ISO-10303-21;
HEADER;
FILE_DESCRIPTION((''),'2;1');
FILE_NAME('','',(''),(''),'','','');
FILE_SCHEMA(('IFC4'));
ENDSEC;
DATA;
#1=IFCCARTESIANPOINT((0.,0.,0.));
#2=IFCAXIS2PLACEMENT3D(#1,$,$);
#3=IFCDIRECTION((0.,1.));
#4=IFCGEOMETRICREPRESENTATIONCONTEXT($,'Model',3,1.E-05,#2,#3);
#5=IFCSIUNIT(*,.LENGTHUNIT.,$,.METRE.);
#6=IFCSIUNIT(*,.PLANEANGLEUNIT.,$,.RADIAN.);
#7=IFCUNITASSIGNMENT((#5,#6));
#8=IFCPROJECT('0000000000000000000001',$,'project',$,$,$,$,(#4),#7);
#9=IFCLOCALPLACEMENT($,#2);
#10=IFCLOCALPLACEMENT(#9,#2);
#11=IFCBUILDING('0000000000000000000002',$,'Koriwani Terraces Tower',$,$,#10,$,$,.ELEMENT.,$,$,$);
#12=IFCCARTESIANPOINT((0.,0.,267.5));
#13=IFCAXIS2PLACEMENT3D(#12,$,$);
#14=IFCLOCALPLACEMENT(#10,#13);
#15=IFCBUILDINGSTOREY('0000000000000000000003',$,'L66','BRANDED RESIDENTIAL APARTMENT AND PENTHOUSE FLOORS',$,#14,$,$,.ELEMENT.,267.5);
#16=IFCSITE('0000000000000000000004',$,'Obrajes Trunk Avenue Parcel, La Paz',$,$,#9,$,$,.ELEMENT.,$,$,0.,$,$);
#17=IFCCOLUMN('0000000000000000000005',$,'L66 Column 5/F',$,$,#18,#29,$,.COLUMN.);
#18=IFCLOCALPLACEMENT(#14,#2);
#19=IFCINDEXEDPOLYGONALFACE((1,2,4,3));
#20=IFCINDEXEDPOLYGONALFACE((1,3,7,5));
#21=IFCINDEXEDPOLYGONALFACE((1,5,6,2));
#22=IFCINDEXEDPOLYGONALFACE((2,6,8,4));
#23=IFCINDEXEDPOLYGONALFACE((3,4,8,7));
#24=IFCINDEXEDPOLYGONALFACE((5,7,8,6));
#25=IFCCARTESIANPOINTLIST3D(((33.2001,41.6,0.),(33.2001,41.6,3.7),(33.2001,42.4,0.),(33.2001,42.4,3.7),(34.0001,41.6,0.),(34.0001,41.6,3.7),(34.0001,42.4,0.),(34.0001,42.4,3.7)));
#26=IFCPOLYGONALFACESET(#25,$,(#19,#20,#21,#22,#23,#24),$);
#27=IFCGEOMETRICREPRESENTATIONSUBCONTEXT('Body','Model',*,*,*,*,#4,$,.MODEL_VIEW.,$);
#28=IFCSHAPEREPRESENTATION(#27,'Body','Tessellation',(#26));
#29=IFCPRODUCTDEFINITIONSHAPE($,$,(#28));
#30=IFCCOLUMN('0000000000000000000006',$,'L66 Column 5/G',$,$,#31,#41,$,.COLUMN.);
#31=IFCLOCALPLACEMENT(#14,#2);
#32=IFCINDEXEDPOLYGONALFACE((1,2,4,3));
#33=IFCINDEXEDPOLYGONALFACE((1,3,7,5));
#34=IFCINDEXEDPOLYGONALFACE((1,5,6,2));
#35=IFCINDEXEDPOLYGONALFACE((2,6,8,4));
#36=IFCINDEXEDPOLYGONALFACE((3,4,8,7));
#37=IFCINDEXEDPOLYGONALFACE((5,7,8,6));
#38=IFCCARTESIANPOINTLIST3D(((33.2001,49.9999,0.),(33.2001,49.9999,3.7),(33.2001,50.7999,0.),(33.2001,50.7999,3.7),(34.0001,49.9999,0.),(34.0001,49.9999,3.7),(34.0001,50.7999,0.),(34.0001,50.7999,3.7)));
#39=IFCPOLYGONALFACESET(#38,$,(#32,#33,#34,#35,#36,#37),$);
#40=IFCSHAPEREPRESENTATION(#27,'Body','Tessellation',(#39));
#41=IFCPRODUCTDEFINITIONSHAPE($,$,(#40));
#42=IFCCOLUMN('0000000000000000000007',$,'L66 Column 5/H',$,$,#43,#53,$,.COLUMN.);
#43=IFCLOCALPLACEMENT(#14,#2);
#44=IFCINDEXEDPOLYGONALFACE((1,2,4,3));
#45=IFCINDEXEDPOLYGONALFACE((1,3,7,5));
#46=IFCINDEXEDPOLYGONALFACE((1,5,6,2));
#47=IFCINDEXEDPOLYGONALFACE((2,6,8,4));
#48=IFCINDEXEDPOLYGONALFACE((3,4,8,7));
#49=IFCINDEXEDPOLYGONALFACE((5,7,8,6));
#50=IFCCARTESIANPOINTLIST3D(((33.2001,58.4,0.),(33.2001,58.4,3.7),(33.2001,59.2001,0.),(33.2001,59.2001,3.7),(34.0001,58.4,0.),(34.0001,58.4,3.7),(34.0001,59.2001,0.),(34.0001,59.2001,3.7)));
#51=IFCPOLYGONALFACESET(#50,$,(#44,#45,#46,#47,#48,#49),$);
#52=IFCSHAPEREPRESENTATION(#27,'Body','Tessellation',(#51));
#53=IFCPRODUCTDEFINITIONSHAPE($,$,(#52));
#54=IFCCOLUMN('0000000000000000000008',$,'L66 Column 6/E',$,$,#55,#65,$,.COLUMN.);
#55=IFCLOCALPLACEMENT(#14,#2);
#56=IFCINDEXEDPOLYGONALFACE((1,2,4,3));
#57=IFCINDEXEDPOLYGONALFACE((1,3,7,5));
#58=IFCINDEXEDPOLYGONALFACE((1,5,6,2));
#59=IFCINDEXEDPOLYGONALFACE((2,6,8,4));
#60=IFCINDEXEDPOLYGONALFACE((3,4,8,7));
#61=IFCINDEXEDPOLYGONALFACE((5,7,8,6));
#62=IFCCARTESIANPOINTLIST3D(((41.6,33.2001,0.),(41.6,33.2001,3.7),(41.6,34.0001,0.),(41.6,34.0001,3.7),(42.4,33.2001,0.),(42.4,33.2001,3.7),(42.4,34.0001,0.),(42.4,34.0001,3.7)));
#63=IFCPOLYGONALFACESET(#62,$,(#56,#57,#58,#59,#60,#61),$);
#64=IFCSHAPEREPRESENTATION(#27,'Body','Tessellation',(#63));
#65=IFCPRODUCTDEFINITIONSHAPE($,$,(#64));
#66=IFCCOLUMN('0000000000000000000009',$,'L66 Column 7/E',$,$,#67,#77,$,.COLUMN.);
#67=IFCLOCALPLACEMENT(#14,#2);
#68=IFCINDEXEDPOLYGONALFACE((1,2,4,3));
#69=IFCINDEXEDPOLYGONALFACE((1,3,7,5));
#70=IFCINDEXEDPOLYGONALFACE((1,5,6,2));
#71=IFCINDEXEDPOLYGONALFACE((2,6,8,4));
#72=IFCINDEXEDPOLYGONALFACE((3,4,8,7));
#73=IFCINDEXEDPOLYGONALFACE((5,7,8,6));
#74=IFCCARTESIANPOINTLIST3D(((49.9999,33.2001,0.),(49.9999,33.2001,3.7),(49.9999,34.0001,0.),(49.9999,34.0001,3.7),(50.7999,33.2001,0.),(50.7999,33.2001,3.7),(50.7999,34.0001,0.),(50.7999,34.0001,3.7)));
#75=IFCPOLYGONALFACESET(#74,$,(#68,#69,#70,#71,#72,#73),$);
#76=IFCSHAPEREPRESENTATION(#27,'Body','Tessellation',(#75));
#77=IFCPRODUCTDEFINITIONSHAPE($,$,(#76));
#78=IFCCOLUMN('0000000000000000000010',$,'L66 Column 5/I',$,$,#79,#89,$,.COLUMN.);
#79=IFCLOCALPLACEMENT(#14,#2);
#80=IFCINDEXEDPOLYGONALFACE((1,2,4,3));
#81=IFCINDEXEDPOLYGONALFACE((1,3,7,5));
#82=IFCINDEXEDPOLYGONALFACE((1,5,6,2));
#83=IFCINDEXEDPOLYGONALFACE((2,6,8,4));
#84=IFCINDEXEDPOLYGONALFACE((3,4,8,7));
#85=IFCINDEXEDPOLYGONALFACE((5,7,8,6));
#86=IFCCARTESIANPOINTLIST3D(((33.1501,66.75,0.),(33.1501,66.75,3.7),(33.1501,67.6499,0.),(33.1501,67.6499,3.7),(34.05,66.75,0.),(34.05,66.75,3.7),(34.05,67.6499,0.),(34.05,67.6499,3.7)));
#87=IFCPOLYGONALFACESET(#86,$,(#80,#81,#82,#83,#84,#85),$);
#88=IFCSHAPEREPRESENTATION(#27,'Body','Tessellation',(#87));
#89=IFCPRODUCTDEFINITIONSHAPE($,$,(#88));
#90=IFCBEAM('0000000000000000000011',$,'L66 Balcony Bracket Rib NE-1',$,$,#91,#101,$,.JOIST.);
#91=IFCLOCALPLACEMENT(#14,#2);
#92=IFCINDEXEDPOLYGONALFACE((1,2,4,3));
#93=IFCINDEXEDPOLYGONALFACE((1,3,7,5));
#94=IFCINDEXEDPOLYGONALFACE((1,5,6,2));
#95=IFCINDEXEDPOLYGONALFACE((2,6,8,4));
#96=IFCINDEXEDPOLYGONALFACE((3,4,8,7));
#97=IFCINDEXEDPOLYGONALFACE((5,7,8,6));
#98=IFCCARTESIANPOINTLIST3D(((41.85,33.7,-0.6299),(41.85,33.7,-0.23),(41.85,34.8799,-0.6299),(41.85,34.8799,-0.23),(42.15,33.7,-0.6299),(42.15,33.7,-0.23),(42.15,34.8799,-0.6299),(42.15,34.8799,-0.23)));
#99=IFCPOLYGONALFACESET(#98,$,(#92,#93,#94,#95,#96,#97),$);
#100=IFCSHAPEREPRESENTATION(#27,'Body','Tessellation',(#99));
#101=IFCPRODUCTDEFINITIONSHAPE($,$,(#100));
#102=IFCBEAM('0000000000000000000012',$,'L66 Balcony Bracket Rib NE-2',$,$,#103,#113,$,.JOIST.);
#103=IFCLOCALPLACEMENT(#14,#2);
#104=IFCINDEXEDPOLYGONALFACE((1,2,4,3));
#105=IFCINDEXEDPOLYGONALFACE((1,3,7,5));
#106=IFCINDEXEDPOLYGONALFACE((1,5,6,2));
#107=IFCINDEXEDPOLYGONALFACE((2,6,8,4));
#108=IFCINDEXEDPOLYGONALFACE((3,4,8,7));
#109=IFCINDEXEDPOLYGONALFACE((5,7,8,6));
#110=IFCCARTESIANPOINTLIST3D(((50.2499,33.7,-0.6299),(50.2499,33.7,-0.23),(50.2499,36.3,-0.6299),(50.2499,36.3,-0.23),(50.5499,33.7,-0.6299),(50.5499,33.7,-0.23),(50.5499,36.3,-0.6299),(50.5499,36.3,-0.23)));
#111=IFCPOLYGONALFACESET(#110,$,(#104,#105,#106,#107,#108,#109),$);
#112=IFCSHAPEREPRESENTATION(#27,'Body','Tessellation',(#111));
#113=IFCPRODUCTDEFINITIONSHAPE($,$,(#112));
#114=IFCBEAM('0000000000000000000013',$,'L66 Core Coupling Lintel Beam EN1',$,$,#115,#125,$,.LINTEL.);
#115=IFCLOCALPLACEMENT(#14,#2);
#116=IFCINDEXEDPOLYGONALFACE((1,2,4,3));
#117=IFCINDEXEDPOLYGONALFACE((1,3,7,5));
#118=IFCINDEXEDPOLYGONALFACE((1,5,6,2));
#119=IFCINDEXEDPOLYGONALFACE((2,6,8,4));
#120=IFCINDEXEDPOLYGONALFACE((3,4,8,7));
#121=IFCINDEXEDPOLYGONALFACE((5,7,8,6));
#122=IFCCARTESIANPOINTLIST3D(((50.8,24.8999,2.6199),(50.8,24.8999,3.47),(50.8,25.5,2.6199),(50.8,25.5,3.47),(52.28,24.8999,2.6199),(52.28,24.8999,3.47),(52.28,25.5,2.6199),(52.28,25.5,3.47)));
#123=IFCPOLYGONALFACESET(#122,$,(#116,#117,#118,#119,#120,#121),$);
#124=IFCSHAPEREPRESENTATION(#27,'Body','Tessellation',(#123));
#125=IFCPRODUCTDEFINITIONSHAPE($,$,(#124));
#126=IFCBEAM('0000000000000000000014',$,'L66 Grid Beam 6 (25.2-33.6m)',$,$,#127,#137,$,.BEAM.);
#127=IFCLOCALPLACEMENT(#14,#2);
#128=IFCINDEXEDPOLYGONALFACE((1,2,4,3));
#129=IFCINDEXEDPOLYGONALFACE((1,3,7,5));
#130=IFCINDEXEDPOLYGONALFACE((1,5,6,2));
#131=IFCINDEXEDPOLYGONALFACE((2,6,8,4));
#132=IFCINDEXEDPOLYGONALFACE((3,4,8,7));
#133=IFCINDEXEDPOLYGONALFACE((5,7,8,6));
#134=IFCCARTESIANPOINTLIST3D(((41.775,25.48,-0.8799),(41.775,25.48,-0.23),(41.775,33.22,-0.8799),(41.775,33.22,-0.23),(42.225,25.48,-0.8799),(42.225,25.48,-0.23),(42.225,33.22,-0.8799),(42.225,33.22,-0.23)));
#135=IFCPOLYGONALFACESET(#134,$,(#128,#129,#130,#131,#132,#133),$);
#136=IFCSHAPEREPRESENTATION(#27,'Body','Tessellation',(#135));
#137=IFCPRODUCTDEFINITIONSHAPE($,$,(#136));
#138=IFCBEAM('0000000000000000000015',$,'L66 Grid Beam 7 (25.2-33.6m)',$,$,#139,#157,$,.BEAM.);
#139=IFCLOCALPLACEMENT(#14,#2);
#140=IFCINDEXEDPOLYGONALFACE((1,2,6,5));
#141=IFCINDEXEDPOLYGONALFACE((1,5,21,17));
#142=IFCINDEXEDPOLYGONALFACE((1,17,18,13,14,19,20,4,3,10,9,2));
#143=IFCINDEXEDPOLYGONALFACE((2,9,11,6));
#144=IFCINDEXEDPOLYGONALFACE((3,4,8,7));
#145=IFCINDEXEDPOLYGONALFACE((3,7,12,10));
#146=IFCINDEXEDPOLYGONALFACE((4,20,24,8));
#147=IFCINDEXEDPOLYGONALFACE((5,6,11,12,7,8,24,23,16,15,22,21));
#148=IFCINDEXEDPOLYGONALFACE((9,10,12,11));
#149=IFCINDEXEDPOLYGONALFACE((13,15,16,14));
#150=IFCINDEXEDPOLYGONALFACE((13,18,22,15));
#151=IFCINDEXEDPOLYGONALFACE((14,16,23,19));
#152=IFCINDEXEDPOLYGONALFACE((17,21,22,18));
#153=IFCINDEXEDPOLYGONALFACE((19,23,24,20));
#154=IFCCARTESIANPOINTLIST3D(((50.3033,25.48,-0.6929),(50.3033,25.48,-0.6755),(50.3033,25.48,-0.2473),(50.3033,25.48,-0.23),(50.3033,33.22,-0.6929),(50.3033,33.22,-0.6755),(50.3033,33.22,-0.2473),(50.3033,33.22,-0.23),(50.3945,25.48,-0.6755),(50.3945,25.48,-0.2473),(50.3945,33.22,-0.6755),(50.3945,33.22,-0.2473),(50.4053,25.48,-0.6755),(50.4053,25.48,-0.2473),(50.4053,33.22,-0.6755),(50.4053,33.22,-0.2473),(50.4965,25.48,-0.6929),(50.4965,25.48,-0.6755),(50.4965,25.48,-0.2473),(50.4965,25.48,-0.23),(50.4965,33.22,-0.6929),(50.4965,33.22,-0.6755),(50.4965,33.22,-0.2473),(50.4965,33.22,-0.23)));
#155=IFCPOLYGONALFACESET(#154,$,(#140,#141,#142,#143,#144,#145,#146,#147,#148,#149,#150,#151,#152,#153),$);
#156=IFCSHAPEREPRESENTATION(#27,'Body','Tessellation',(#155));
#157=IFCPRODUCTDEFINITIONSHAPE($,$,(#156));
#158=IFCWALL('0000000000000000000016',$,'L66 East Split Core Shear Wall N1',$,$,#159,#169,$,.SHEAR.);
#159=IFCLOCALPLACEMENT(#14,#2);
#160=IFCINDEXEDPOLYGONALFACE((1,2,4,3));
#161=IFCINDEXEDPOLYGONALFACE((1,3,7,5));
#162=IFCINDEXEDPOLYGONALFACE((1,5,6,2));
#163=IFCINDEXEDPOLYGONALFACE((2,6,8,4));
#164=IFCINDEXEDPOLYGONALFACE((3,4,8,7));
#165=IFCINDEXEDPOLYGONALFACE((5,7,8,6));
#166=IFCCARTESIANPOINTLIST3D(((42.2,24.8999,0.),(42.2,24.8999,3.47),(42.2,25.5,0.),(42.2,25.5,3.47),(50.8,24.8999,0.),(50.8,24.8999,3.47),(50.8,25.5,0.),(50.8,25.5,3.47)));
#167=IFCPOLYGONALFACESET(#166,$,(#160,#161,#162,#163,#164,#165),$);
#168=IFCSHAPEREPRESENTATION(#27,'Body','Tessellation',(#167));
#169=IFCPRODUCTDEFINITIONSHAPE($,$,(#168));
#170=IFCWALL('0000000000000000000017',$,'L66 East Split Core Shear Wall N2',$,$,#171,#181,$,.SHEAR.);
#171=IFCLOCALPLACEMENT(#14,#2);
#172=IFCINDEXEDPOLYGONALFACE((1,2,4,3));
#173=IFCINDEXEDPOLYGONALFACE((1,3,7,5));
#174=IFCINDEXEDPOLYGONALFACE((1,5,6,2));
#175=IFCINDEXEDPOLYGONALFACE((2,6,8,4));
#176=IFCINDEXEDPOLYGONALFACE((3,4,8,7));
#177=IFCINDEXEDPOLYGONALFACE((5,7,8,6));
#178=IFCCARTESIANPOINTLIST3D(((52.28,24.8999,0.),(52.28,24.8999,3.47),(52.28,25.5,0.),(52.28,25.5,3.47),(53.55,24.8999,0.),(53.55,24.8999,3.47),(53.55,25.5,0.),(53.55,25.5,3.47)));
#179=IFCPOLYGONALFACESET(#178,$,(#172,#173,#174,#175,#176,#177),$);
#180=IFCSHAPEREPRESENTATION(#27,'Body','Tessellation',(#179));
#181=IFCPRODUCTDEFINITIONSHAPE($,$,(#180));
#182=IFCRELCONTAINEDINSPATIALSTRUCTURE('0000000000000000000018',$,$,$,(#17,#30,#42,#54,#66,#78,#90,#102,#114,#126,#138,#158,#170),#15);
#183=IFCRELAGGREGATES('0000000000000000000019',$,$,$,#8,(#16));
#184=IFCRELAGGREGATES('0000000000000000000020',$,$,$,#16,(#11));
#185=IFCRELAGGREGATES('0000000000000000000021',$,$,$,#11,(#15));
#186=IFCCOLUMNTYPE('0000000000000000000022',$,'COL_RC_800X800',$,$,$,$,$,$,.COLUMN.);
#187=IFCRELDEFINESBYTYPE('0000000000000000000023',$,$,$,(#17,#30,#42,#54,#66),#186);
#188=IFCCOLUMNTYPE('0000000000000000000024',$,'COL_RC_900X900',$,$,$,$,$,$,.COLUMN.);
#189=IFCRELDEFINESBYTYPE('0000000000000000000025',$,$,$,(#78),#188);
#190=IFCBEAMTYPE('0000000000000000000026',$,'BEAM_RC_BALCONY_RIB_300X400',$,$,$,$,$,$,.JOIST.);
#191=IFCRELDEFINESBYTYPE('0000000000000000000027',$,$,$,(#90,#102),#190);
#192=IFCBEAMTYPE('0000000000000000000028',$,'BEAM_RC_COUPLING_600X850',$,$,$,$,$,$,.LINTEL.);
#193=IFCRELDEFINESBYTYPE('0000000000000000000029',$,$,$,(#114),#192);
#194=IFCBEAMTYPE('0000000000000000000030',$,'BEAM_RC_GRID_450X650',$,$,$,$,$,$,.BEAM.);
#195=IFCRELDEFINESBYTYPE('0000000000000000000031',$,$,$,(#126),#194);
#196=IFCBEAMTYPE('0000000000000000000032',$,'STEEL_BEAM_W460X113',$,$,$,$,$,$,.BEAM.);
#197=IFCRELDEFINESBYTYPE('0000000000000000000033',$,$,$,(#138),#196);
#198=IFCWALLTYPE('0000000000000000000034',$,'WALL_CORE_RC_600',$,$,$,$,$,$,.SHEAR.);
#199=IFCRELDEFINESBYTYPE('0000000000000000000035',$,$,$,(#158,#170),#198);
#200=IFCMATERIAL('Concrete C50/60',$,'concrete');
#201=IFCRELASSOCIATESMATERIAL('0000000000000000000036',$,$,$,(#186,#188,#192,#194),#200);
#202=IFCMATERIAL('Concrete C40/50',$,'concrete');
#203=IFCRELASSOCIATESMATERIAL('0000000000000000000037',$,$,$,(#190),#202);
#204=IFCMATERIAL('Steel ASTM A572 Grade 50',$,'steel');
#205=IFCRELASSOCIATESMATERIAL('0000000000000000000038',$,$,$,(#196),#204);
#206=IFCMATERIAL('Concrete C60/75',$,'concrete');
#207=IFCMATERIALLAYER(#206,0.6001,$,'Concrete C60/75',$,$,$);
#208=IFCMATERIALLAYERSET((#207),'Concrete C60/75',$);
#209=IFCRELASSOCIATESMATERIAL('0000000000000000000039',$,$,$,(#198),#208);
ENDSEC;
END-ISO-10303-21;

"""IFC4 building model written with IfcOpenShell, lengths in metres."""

from ifc_helpers import new_model, si_unit, direction, frame, frame_2d, origin, origin_2d, place, context, subcontext, project, spatial, rectangle, i_section, extrude, material, layer, layer_set, material_profile, profile_set, type_object, element, save


model = new_model("IFC4")

# Units and contexts
model_context = context("Model", 3, precision=1e-05, world=origin(), true_north=direction((0.0, 1.0)))
body_context = subcontext(model_context, "Body", "Model", "MODEL_VIEW")
ifc_project = project(units=[si_unit("LENGTHUNIT", "METRE"), si_unit("PLANEANGLEUNIT", "RADIAN")], contexts=[model_context])

# Site, building, storey
site_placement = place(None, origin())
site = spatial("IfcSite", under=ifc_project, at=site_placement, Name="Obrajes Trunk Avenue Parcel, La Paz", CompositionType="ELEMENT", RefElevation=0.0)
building_placement = place(site_placement, origin())
building = spatial("IfcBuilding", under=site, at=building_placement, Name="Koriwani Terraces Tower", CompositionType="ELEMENT")
storey_placement = place(building_placement, frame((0.0, 0.0, 267.5)))
storey = spatial("IfcBuildingStorey", under=building, at=storey_placement, Name="L66", Description="BRANDED RESIDENTIAL APARTMENT AND PENTHOUSE FLOORS", CompositionType="ELEMENT", Elevation=267.5)

# Columns
ifc_material_1 = material(Name="Concrete C50/60", Category="concrete")
ifc_material_profile_1 = material_profile(ifc_material_1, rectangle(XDim=0.8, YDim=0.8, at=origin_2d()), Name="Concrete C50/60", Category="LoadBearing")
ifc_profile_set_1 = profile_set([ifc_material_profile_1], Name="Concrete C50/60")
column_type_1 = type_object("IfcColumnType", Name="COL_RC_800X800", PredefinedType="COLUMN", material=ifc_profile_set_1)
for number, where, z_axis, x_axis, name in (
    (1, (33.6001, 42.0, 0.0), (0.0, 0.0, 1.0), (1.0, 0.0, 0.0), "L66 Column 5/F"),
    (2, (33.6001, 50.3999, 0.0), (0.0, 0.0, 1.0), (1.0, 0.0, 0.0), "L66 Column 5/G"),
    (3, (33.6001, 58.8, 0.0), (0.0, 0.0, 1.0), (1.0, 0.0, 0.0), "L66 Column 5/H"),
    (4, (42.0, 33.6001, 0.0), (0.0, 0.0, 1.0), (1.0, 0.0, 0.0), "L66 Column 6/E"),
    (5, (50.3999, 33.6001, 0.0), (0.0, 0.0, 1.0), (1.0, 0.0, 0.0), "L66 Column 7/E"),
):
    element("IfcColumn", number, at=place(storey_placement, frame(where, z_axis=z_axis, x_axis=x_axis)), inside=storey, type_object=column_type_1, Name=name, PredefinedType="COLUMN", context=body_context, shape_type="SweptSolid", body=[
        extrude(rectangle(XDim=0.8, YDim=0.8, at=origin_2d()), origin(), (0.0, 0.0, 1.0), 3.7),
    ])
ifc_material_profile_2 = material_profile(ifc_material_1, rectangle(XDim=0.8999, YDim=0.8999, at=origin_2d()), Name="Concrete C50/60", Category="LoadBearing")
ifc_profile_set_2 = profile_set([ifc_material_profile_2], Name="Concrete C50/60")
column_type_2 = type_object("IfcColumnType", Name="COL_RC_900X900", PredefinedType="COLUMN", material=ifc_profile_set_2)
column_placement = place(storey_placement, frame((33.6001, 67.2, 0.0), z_axis=(0.0, 0.0, 1.0), x_axis=(1.0, 0.0, 0.0)))
element("IfcColumn", 6, at=column_placement, inside=storey, type_object=column_type_2, Name="L66 Column 5/I", PredefinedType="COLUMN", context=body_context, shape_type="SweptSolid", body=[
    extrude(rectangle(XDim=0.8999, YDim=0.8999, at=origin_2d()), origin(), (0.0, 0.0, 1.0), 3.7),
])

# Beams
ifc_material_2 = material(Name="Concrete C40/50", Category="concrete")
ifc_material_profile_3 = material_profile(ifc_material_2, rectangle(XDim=0.3, YDim=0.3999, at=origin_2d()), Name="Concrete C40/50", Category="LoadBearing")
ifc_profile_set_3 = profile_set([ifc_material_profile_3], Name="Concrete C40/50")
beam_type_1 = type_object("IfcBeamType", Name="BEAM_RC_BALCONY_RIB_300X400", PredefinedType="JOIST", material=ifc_profile_set_3)
beam_1_placement = place(storey_placement, frame((42.0, 33.7, -0.4299), z_axis=(0.0, 1.0, 0.0), x_axis=(-1.0, 0.0, 0.0)))
element("IfcBeam", 7, at=beam_1_placement, inside=storey, type_object=beam_type_1, Name="L66 Balcony Bracket Rib NE-1", PredefinedType="JOIST", context=body_context, shape_type="SweptSolid", body=[
    extrude(rectangle(XDim=0.3, YDim=0.3999, at=origin_2d()), origin(), (0.0, 0.0, 1.0), 1.1799),
])
beam_2_placement = place(storey_placement, frame((50.3999, 33.7, -0.4299), z_axis=(0.0, 1.0, 0.0), x_axis=(-1.0, 0.0, 0.0)))
element("IfcBeam", 8, at=beam_2_placement, inside=storey, type_object=beam_type_1, Name="L66 Balcony Bracket Rib NE-2", PredefinedType="JOIST", context=body_context, shape_type="SweptSolid", body=[
    extrude(rectangle(XDim=0.3, YDim=0.3999, at=origin_2d()), origin(), (0.0, 0.0, 1.0), 2.6001),
])
ifc_material_profile_4 = material_profile(ifc_material_1, rectangle(XDim=0.6001, YDim=0.8501, at=origin_2d()), Name="Concrete C50/60", Category="LoadBearing")
ifc_profile_set_4 = profile_set([ifc_material_profile_4], Name="Concrete C50/60")
beam_type_2 = type_object("IfcBeamType", Name="BEAM_RC_COUPLING_600X850", PredefinedType="LINTEL", material=ifc_profile_set_4)
beam_3_placement = place(storey_placement, frame((50.8, 25.2, 3.0449), z_axis=(1.0, 0.0, 0.0), x_axis=(0.0, 1.0, 0.0)))
element("IfcBeam", 9, at=beam_3_placement, inside=storey, type_object=beam_type_2, Name="L66 Core Coupling Lintel Beam EN1", PredefinedType="LINTEL", context=body_context, shape_type="SweptSolid", body=[
    extrude(rectangle(XDim=0.6001, YDim=0.8501, at=origin_2d()), origin(), (0.0, 0.0, 1.0), 1.48),
])
ifc_material_profile_5 = material_profile(ifc_material_1, rectangle(XDim=0.45, YDim=0.6499, at=origin_2d()), Name="Concrete C50/60", Category="LoadBearing")
ifc_profile_set_5 = profile_set([ifc_material_profile_5], Name="Concrete C50/60")
beam_type_3 = type_object("IfcBeamType", Name="BEAM_RC_GRID_450X650", PredefinedType="BEAM", material=ifc_profile_set_5)
beam_4_placement = place(storey_placement, frame((42.0, 25.48, -0.5549), z_axis=(0.0, 1.0, 0.0), x_axis=(-1.0, 0.0, 0.0)))
element("IfcBeam", 10, at=beam_4_placement, inside=storey, type_object=beam_type_3, Name="L66 Grid Beam 6 (25.2-33.6m)", PredefinedType="BEAM", context=body_context, shape_type="SweptSolid", body=[
    extrude(rectangle(XDim=0.45, YDim=0.6499, at=origin_2d()), origin(), (0.0, 0.0, 1.0), 7.74),
])
ifc_material_3 = material(Name="Steel ASTM A572 Grade 50", Category="steel")
ifc_material_profile_6 = material_profile(ifc_material_3, i_section(OverallWidth=0.1931, OverallDepth=0.4629, WebThickness=0.0107, FlangeThickness=0.0173, at=origin_2d()), Name="Steel ASTM A572 Grade 50", Category="LoadBearing")
ifc_profile_set_6 = profile_set([ifc_material_profile_6], Name="Steel ASTM A572 Grade 50")
beam_type_4 = type_object("IfcBeamType", Name="STEEL_BEAM_W460X113", PredefinedType="BEAM", material=ifc_profile_set_6)
beam_5_placement = place(storey_placement, frame((50.3999, 25.48, -0.4614), z_axis=(0.0, 1.0, 0.0), x_axis=(-1.0, 0.0, 0.0)))
element("IfcBeam", 11, at=beam_5_placement, inside=storey, type_object=beam_type_4, Name="L66 Grid Beam 7 (25.2-33.6m)", PredefinedType="BEAM", context=body_context, shape_type="SweptSolid", body=[
    extrude(i_section(OverallWidth=0.1931, OverallDepth=0.4629, WebThickness=0.0107, FlangeThickness=0.0173, at=origin_2d()), origin(), (0.0, 0.0, 1.0), 7.74),
])

# Walls
ifc_material_4 = material(Name="Concrete C60/75", Category="concrete")
ifc_layer_1 = layer(ifc_material_4, 0.6001, Name="Concrete C60/75")
ifc_layer_set_1 = layer_set([ifc_layer_1], Name="Concrete C60/75")
wall_type_1 = type_object("IfcWallType", Name="WALL_CORE_RC_600", PredefinedType="SHEAR", material=ifc_layer_set_1)
wall_1_placement = place(storey_placement, frame((42.2, 25.2, 0.0), z_axis=(0.0, 0.0, 1.0), x_axis=(1.0, 0.0, 0.0)))
element("IfcWall", 12, at=wall_1_placement, inside=storey, type_object=wall_type_1, Name="L66 East Split Core Shear Wall N1", PredefinedType="SHEAR", context=body_context, shape_type="SweptSolid", body=[
    extrude(rectangle(XDim=8.6001, YDim=0.6001, at=frame_2d((4.3, 0.0))), origin(), (0.0, 0.0, 1.0), 3.47),
])
wall_2_placement = place(storey_placement, frame((52.28, 25.2, 0.0), z_axis=(0.0, 0.0, 1.0), x_axis=(1.0, 0.0, 0.0)))
element("IfcWall", 13, at=wall_2_placement, inside=storey, type_object=wall_type_1, Name="L66 East Split Core Shear Wall N2", PredefinedType="SHEAR", context=body_context, shape_type="SweptSolid", body=[
    extrude(rectangle(XDim=1.27, YDim=0.6001, at=frame_2d((0.635, 0.0))), origin(), (0.0, 0.0, 1.0), 3.47),
])

save(model, "model.ifc")
